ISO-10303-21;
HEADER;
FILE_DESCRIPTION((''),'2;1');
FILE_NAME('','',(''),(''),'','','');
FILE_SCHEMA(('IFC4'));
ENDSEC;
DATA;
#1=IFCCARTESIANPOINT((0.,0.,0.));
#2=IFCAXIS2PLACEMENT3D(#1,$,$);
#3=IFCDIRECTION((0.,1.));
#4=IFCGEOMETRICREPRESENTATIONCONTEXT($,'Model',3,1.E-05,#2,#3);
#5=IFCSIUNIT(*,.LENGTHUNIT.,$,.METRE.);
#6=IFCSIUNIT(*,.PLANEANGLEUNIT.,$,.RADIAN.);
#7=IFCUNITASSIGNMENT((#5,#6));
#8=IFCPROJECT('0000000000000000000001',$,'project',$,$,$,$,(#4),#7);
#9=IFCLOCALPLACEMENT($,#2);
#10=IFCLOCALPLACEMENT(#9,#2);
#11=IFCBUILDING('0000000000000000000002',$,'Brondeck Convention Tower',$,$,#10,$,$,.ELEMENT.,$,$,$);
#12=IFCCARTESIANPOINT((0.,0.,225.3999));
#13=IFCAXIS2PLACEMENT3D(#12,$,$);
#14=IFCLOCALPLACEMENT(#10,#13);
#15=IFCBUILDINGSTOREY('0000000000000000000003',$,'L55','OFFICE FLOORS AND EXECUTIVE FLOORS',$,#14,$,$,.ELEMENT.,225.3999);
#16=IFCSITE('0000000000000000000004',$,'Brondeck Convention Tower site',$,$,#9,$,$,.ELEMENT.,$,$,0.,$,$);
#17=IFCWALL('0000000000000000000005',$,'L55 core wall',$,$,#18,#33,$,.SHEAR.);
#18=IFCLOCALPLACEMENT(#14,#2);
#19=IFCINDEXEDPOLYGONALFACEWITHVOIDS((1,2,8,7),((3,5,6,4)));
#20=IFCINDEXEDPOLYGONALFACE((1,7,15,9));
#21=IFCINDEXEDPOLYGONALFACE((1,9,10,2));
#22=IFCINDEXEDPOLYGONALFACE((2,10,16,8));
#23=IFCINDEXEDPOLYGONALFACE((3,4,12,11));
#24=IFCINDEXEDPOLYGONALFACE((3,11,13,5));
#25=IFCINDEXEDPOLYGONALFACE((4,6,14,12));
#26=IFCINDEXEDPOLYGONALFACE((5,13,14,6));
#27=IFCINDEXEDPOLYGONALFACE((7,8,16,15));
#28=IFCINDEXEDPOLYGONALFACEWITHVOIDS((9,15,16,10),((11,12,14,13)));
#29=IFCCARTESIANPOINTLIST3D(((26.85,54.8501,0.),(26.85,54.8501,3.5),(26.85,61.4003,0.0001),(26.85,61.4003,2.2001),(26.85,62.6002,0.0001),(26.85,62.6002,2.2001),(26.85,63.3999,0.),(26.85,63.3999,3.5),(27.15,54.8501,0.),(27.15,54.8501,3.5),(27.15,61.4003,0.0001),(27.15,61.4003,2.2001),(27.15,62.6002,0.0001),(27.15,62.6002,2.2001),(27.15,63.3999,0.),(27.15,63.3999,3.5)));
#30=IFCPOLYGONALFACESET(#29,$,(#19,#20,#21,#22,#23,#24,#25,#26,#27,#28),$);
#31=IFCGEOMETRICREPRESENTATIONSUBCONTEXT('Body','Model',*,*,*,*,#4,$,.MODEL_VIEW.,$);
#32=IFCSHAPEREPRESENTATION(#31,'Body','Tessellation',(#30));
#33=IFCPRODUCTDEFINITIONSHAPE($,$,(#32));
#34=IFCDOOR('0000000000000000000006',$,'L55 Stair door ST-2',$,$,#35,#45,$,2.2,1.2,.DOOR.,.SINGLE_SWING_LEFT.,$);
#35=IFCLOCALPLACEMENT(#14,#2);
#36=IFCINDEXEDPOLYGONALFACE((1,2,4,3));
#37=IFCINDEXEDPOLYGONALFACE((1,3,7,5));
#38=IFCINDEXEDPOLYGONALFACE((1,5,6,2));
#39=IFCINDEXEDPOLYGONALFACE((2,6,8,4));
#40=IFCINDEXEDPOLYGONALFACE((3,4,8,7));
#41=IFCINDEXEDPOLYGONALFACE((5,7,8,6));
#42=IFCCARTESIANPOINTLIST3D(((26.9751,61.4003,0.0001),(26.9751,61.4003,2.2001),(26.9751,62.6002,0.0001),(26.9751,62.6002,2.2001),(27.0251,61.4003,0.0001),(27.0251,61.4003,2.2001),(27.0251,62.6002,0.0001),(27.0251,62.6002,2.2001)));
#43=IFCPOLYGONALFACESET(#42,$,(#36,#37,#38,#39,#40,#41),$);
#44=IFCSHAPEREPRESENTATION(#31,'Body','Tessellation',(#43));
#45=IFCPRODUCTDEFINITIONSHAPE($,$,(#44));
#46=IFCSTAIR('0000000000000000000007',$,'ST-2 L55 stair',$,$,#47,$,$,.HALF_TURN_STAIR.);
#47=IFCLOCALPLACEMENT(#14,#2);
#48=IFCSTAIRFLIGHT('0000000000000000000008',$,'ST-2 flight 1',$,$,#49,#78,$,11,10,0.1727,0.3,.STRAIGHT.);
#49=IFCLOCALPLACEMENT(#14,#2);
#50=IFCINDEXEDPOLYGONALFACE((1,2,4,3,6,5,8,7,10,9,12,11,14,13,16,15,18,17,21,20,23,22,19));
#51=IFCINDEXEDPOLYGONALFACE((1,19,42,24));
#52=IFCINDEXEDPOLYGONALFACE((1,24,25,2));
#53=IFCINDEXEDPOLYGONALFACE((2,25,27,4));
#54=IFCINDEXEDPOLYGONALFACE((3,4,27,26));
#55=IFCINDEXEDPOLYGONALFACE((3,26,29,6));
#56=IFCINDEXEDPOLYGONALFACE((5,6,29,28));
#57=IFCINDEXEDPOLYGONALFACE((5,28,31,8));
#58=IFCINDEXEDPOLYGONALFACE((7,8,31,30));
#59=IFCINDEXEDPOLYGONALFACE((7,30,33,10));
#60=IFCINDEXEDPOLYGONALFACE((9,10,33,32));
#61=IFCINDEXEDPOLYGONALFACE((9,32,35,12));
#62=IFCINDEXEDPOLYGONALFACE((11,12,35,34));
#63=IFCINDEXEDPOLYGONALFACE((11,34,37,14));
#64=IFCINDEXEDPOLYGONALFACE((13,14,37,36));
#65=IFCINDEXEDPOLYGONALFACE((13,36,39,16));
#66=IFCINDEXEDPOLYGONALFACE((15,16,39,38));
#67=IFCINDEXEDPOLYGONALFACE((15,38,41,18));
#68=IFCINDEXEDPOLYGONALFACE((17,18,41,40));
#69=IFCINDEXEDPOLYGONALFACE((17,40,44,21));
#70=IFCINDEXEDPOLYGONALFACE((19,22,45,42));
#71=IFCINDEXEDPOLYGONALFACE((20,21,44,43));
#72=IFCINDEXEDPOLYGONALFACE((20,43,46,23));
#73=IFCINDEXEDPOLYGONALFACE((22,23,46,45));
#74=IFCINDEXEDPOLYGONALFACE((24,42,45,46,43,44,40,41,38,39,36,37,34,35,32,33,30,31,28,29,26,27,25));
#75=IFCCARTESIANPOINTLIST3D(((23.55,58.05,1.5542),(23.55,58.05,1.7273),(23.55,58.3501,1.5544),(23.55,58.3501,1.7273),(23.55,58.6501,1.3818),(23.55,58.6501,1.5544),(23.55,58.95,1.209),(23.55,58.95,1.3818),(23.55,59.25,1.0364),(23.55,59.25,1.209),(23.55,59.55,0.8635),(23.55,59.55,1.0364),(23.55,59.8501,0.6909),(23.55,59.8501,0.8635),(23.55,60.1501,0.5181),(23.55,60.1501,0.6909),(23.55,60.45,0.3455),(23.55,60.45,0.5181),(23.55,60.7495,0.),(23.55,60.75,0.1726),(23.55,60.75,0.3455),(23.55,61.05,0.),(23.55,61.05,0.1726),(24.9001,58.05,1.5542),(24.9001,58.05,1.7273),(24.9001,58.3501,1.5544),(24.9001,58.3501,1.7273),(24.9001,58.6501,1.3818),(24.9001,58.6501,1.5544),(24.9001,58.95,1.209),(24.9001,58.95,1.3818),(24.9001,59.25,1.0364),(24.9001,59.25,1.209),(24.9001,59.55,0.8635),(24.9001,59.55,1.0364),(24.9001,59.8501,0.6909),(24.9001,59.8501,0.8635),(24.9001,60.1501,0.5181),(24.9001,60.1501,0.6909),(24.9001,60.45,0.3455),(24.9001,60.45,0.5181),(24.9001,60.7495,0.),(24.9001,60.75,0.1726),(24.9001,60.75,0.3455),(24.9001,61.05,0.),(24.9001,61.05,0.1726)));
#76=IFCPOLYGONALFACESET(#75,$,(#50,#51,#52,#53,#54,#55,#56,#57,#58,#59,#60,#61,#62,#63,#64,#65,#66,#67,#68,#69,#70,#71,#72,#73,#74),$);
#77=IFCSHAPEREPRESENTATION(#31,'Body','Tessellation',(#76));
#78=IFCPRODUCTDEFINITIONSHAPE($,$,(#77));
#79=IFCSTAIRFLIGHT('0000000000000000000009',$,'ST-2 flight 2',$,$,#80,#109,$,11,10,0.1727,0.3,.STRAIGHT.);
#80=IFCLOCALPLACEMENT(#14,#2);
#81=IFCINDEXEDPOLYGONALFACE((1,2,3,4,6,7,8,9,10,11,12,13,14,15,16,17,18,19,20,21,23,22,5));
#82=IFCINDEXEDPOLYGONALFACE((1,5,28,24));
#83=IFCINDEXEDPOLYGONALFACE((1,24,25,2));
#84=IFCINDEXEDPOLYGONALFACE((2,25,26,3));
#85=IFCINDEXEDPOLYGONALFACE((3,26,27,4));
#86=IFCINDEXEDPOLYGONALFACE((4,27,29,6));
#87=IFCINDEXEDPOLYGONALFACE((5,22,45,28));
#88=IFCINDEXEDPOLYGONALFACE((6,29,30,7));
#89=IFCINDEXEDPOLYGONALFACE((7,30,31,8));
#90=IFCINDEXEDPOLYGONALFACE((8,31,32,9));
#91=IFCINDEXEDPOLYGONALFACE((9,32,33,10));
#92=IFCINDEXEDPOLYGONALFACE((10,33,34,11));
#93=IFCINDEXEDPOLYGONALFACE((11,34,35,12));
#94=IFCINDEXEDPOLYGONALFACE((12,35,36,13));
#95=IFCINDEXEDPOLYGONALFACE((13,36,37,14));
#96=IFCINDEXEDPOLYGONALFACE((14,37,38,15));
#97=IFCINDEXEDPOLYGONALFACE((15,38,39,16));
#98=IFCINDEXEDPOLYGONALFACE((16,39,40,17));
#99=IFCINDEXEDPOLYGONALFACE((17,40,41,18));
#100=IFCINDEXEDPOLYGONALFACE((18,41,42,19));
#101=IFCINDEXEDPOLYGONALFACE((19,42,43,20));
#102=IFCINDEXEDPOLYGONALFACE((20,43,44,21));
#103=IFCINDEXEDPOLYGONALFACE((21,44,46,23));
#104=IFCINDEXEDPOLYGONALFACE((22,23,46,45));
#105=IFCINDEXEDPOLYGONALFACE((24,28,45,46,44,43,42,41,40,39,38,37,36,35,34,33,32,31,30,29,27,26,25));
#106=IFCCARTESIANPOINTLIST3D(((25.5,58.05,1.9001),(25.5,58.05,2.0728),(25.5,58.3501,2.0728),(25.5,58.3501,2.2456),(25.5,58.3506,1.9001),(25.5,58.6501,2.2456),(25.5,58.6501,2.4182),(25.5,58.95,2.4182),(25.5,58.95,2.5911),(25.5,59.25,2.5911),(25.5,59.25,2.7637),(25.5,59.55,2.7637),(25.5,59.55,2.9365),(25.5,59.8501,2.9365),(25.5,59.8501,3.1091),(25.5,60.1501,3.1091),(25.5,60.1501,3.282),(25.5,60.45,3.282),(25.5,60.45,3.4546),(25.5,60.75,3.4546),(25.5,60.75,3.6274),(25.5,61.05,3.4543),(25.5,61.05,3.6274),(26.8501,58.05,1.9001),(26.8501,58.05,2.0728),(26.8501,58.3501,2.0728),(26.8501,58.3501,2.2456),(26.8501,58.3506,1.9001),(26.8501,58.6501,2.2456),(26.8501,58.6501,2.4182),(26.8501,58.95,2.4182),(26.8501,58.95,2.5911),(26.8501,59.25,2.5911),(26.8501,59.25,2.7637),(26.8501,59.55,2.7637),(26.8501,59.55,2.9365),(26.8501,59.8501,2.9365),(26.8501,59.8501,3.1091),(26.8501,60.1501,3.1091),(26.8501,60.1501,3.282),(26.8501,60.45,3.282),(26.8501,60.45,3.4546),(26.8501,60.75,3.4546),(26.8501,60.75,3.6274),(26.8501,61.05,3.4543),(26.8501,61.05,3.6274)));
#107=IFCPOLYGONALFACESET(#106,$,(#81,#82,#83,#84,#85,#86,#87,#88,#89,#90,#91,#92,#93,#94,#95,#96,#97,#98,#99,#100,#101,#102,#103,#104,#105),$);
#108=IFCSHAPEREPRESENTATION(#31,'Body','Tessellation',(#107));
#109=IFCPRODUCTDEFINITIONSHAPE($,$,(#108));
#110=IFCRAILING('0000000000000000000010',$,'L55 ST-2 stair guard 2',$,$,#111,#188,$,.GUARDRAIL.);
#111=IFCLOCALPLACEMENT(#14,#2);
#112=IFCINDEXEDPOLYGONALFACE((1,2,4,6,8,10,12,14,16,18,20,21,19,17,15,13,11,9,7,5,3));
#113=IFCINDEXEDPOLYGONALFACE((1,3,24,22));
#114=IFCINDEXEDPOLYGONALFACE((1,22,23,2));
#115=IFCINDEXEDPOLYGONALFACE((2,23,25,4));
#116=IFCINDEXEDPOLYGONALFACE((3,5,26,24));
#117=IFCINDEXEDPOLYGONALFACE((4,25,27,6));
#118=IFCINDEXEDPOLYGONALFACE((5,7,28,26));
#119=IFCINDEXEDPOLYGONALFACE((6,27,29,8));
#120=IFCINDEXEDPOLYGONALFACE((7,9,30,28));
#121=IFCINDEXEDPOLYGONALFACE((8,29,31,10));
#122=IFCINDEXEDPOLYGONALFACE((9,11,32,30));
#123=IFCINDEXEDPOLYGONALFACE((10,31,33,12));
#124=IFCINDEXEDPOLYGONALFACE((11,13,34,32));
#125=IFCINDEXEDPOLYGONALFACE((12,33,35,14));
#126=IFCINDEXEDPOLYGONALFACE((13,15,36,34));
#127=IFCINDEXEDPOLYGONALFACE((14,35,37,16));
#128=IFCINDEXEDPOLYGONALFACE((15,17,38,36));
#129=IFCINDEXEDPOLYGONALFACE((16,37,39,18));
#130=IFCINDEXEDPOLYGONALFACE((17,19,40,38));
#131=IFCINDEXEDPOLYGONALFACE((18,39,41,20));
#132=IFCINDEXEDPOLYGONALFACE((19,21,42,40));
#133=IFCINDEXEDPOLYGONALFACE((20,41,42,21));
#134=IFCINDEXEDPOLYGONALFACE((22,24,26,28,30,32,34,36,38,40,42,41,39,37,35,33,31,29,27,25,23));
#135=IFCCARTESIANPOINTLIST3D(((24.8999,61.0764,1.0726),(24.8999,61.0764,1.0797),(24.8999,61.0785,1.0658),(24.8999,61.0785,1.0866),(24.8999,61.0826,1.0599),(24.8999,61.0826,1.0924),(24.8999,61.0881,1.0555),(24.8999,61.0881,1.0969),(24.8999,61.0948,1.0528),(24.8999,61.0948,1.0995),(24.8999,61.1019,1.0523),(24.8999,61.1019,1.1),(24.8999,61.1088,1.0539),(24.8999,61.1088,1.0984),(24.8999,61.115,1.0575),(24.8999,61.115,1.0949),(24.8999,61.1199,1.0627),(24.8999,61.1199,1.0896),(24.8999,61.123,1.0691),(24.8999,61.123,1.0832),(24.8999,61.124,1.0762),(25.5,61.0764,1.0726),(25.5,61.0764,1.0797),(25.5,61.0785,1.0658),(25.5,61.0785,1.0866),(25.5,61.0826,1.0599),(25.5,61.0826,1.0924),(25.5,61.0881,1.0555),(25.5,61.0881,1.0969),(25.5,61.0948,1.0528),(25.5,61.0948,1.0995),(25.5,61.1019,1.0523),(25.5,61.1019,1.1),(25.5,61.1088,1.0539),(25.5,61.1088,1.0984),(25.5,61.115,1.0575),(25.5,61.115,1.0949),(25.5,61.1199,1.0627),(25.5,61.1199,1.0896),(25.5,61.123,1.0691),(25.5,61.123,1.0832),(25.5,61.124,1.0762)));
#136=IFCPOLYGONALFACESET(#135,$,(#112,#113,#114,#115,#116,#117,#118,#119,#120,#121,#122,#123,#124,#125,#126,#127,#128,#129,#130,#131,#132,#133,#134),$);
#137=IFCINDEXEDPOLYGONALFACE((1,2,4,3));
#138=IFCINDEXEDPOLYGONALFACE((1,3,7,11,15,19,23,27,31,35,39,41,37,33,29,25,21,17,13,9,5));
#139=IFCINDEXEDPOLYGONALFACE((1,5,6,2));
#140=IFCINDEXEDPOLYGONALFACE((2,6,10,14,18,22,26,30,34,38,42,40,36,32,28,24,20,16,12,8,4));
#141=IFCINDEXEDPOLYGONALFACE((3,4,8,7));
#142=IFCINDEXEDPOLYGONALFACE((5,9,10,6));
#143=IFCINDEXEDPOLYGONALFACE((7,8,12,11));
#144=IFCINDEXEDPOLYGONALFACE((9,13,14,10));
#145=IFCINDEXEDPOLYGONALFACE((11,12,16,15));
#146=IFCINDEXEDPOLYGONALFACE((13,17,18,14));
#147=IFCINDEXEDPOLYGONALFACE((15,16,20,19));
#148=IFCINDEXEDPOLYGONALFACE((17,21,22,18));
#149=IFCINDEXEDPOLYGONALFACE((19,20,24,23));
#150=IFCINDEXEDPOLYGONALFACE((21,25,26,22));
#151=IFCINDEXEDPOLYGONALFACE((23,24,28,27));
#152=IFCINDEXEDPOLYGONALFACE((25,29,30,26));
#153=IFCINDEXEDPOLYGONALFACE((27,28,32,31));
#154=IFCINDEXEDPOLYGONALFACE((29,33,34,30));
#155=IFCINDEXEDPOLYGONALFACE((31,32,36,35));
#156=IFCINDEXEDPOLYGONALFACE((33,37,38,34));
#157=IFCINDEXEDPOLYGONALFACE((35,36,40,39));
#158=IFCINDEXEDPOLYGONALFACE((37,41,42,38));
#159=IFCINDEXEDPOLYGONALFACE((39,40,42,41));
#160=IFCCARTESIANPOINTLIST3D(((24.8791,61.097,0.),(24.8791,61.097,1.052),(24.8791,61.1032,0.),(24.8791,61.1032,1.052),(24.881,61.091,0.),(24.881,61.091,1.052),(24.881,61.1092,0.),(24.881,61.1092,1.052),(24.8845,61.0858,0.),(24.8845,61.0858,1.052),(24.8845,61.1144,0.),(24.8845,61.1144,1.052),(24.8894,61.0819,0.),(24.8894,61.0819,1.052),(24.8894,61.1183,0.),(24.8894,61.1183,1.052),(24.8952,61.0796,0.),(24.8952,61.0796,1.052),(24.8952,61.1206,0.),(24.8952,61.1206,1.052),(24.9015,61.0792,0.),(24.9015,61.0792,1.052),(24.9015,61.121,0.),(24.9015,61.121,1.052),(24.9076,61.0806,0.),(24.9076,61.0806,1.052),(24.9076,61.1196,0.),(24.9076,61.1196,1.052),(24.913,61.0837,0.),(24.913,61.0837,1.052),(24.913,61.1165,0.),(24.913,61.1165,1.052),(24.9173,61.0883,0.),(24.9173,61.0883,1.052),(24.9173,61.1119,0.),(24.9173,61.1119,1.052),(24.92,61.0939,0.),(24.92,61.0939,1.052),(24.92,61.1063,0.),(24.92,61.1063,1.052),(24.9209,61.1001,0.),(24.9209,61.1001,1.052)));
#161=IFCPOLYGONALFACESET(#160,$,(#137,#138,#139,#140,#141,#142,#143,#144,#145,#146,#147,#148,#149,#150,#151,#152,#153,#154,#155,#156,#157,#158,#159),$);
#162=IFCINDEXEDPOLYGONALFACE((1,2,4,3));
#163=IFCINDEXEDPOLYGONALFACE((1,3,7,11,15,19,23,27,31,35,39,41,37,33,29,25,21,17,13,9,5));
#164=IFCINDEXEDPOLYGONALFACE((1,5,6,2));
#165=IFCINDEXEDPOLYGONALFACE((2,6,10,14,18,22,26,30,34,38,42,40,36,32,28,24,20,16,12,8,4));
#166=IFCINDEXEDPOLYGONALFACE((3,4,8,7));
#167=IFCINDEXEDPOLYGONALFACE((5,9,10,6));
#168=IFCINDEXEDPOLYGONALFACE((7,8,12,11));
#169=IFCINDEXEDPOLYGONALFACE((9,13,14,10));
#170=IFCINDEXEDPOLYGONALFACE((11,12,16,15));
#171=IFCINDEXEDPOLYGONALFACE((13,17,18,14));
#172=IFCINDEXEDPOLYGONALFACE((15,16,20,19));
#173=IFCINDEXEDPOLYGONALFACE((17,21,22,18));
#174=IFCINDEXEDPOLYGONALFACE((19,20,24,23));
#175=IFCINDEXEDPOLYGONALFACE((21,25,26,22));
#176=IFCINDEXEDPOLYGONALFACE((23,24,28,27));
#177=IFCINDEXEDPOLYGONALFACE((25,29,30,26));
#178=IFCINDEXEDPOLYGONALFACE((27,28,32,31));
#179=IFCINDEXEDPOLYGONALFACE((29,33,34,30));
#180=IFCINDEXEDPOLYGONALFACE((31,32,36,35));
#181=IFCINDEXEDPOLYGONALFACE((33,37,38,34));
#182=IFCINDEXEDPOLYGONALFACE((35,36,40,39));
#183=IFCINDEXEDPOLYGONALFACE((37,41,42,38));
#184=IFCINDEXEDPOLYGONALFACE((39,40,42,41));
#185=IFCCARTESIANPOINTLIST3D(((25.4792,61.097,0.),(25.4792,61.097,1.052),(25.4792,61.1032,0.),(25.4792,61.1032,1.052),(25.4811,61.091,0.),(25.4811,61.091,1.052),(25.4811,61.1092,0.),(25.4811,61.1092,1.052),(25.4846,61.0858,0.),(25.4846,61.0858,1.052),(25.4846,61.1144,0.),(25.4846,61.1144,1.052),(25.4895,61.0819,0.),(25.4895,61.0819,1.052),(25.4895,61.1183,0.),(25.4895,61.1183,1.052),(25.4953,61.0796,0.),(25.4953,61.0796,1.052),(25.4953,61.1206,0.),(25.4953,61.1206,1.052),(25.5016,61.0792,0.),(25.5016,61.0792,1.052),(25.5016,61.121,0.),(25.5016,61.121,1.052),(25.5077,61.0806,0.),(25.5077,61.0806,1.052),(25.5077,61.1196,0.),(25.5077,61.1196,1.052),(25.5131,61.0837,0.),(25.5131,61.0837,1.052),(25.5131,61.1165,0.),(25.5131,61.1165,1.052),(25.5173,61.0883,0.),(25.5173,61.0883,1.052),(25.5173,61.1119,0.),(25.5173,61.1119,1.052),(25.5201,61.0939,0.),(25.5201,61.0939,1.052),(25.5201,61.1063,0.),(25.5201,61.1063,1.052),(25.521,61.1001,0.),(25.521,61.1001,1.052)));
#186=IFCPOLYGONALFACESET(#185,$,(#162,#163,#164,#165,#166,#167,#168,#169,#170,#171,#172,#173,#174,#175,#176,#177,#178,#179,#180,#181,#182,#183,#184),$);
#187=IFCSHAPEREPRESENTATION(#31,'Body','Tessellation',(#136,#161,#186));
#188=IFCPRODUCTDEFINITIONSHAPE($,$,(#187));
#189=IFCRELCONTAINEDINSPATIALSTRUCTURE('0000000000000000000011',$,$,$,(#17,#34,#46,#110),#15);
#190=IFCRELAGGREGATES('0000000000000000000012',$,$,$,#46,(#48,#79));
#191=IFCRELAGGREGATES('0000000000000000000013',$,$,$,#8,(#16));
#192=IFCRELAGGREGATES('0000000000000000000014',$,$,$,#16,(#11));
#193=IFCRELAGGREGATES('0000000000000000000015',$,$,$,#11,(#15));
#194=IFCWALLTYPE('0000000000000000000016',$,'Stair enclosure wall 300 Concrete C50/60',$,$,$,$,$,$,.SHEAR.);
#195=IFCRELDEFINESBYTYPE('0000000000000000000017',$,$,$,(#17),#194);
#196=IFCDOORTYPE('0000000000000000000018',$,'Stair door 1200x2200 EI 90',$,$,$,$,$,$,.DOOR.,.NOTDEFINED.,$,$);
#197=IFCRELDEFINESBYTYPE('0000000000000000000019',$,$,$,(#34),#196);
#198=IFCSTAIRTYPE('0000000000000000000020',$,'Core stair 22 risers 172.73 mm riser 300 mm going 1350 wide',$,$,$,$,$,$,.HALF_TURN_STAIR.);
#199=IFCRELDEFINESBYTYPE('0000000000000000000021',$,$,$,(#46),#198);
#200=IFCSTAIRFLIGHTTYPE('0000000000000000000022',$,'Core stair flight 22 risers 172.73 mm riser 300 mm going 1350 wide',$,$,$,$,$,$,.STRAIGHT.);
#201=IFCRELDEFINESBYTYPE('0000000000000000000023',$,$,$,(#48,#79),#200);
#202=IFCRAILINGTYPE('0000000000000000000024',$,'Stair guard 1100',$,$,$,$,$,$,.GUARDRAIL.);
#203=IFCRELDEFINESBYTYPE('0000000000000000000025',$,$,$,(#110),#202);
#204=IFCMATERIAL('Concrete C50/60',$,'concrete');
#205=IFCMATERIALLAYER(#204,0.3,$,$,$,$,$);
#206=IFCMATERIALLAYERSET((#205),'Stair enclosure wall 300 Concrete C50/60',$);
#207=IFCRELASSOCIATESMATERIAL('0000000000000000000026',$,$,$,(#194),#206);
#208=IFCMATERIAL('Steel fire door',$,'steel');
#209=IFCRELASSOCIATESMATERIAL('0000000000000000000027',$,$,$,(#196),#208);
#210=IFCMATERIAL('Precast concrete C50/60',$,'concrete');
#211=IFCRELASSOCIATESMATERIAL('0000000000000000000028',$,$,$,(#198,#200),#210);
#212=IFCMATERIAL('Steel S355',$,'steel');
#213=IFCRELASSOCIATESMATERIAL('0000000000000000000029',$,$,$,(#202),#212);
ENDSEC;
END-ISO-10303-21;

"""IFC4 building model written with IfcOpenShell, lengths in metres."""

from ifc_helpers import new_model, si_unit, direction, frame, frame_2d, origin, origin_2d, place, context, subcontext, project, spatial, polyline, rectangle, circle, outline, extrude, material, layer, layer_set, type_object, element, fill, aggregate, save


model = new_model("IFC4")

# Units and contexts
model_context = context("Model", 3, precision=1e-05, world=origin(), true_north=direction((0.0, 1.0)))
body_context = subcontext(model_context, "Body", "Model", "MODEL_VIEW")
ifc_project = project(units=[si_unit("LENGTHUNIT", "METRE"), si_unit("PLANEANGLEUNIT", "RADIAN")], contexts=[model_context])

# Site, building, storey
site_placement = place(None, origin())
site = spatial("IfcSite", under=ifc_project, at=site_placement, Name="Brondeck Convention Tower site", CompositionType="ELEMENT", RefElevation=0.0)
building_placement = place(site_placement, origin())
building = spatial("IfcBuilding", under=site, at=building_placement, Name="Brondeck Convention Tower", CompositionType="ELEMENT")
storey_placement = place(building_placement, frame((0.0, 0.0, 225.3999)))
storey = spatial("IfcBuildingStorey", under=building, at=storey_placement, Name="L55", Description="OFFICE FLOORS AND EXECUTIVE FLOORS", CompositionType="ELEMENT", Elevation=225.3999)

# Shared definitions
ifc_material_1 = material(Name="Concrete C50/60", Category="concrete")

# Shared definitions
ifc_material_2 = material(Name="Steel fire door", Category="steel")

# Shared definitions
ifc_layer_1 = layer(ifc_material_1, 0.3)
ifc_layer_set_1 = layer_set([ifc_layer_1], Name="Stair enclosure wall 300 Concrete C50/60")
wall_type_1 = type_object("IfcWallType", Name="Stair enclosure wall 300 Concrete C50/60", PredefinedType="SHEAR", material=ifc_layer_set_1)

# Wall, opening, door
wall_1_placement = place(storey_placement, frame((27.0, 54.8501, 0.0), z_axis=(0.0, 0.0, 1.0), x_axis=(0.0, 1.0, 0.0)))
wall_1 = element("IfcWall", 1, at=wall_1_placement, inside=storey, type_object=wall_type_1, Name="L55 core wall", PredefinedType="SHEAR", context=body_context, shape_type="SweptSolid", body=[
    extrude(rectangle(XDim=8.5498, YDim=0.3, at=frame_2d((4.2749, 0.0))), origin(), (0.0, 0.0, 1.0), 3.5),
])
opening_1_placement = place(wall_1_placement, frame((6.55, 0.0, 0.0)))
opening_1 = element("IfcOpeningElement", 2, at=opening_1_placement, cuts=wall_1, PredefinedType="OPENING", context=body_context, shape_type="SweptSolid", body=[
    extrude(rectangle(XDim=1.2, YDim=2.2, at=frame_2d((0.6001, 1.1001))), frame((0.0, 0.1599, 0.0), z_axis=(0.0, -1.0, 0.0), x_axis=(1.0, 0.0, 0.0)), (0.0, 0.0, 1.0), 0.3201),
])
door_type_1 = type_object("IfcDoorType", Name="Stair door 1200x2200 EI 90", OperationType="NOTDEFINED", PredefinedType="DOOR", material=ifc_material_2)
door_1_placement = place(opening_1_placement, origin())
door_1 = element("IfcDoor", 3, at=door_1_placement, inside=storey, type_object=door_type_1, Name="L55 Stair door ST-2", OperationType="SINGLE_SWING_LEFT", OverallHeight=2.2, OverallWidth=1.2, PredefinedType="DOOR", context=body_context, shape_type="SweptSolid", body=[
    extrude(rectangle(XDim=1.2, YDim=2.2, at=frame_2d((0.6001, 1.1001))), frame((0.0, 0.0249, 0.0), z_axis=(0.0, -1.0, 0.0), x_axis=(1.0, 0.0, 0.0)), (0.0, 0.0, 1.0), 0.05),
])
fill(opening_1, door_1)

# Stair, stair flights
ifc_material_3 = material(Name="Precast concrete C50/60", Category="concrete")
stair_type = type_object("IfcStairType", Name="Core stair 22 risers 172.73 mm riser 300 mm going 1350 wide", PredefinedType="HALF_TURN_STAIR", material=ifc_material_3)
stair_placement = place(storey_placement, origin())
stair = element("IfcStair", 4, at=stair_placement, inside=storey, type_object=stair_type, Name="ST-2 L55 stair", PredefinedType="HALF_TURN_STAIR")
stair_flight_type = type_object("IfcStairFlightType", Name="Core stair flight 22 risers 172.73 mm riser 300 mm going 1350 wide", PredefinedType="STRAIGHT", material=ifc_material_3)
stair_flight_1_placement = place(storey_placement, frame((24.2251, 61.05, 0.0), z_axis=(0.0, 0.0, 1.0), x_axis=(0.0, -1.0, 0.0)))
stair_flight_1 = element("IfcStairFlight", 5, at=stair_flight_1_placement, type_object=stair_flight_type, Name="ST-2 flight 1", NumberOfRisers=11, NumberOfTreads=10, PredefinedType="STRAIGHT", RiserHeight=0.1727, TreadLength=0.3, context=body_context, shape_type="SweptSolid", body=[
    extrude(outline(polyline([(0.0, 0.0), (0.0, 0.1726), (0.3, 0.1726), (0.3, 0.3455), (0.6001, 0.3455), (0.6001, 0.5181), (0.8999, 0.5181), (0.8999, 0.6909), (1.2, 0.6909), (1.2, 0.8635), (1.5, 0.8635), (1.5, 1.0364), (1.8, 1.0364), (1.8, 1.209), (2.1001, 1.209), (2.1001, 1.3818), (2.3999, 1.3818), (2.3999, 1.5544), (2.7, 1.5544), (2.7, 1.7273), (3.0, 1.7273), (3.0, 1.8999), (3.0, 1.5542), (0.3005, 0.0), (0.0, 0.0)])), frame((0.0, 0.675, 0.0), z_axis=(0.0, -1.0, 0.0), x_axis=(1.0, 0.0, 0.0)), (0.0, 0.0, 1.0), 1.3501),
])
stair_flight_2_placement = place(storey_placement, frame((26.175, 58.05, 1.9001), z_axis=(0.0, 0.0, 1.0), x_axis=(0.0, 1.0, 0.0)))
stair_flight_2 = element("IfcStairFlight", 6, at=stair_flight_2_placement, type_object=stair_flight_type, Name="ST-2 flight 2", NumberOfRisers=11, NumberOfTreads=10, PredefinedType="STRAIGHT", RiserHeight=0.1727, TreadLength=0.3, context=body_context, shape_type="SweptSolid", body=[
    extrude(outline(polyline([(0.0, 0.0), (0.0, 0.1726), (0.3, 0.1726), (0.3, 0.3455), (0.6001, 0.3455), (0.6001, 0.5181), (0.8999, 0.5181), (0.8999, 0.6909), (1.2, 0.6909), (1.2, 0.8635), (1.5, 0.8635), (1.5, 1.0364), (1.8, 1.0364), (1.8, 1.209), (2.1001, 1.209), (2.1001, 1.3818), (2.3999, 1.3818), (2.3999, 1.5544), (2.7, 1.5544), (2.7, 1.7273), (3.0, 1.7273), (3.0, 1.8999), (3.0, 1.5542), (0.3005, 0.0), (0.0, 0.0)])), frame((0.0, 0.675, 0.0), z_axis=(0.0, -1.0, 0.0), x_axis=(1.0, 0.0, 0.0)), (0.0, 0.0, 1.0), 1.3501),
])
aggregate(stair, [stair_flight_1, stair_flight_2])

# Railing
ifc_material_4 = material(Name="Steel S355", Category="steel")
railing_type_1 = type_object("IfcRailingType", Name="Stair guard 1100", PredefinedType="GUARDRAIL", material=ifc_material_4)
railing_1_placement = place(storey_placement, frame((24.8999, 61.1001, 0.0)))
element("IfcRailing", 7, at=railing_1_placement, inside=storey, type_object=railing_type_1, Name="L55 ST-2 stair guard 2", PredefinedType="GUARDRAIL", context=body_context, shape_type="SweptSolid", body=[
    extrude(circle(Radius=0.0239, at=origin_2d()), frame((0.0, 0.0, 1.0762), z_axis=(1.0, 0.0, 0.0), x_axis=(0.0, 1.0, 0.0)), (0.0, 0.0, 1.0), 0.6001),
    extrude(circle(Radius=0.021, at=origin_2d()), origin(), (0.0, 0.0, 1.0), 1.052),
    extrude(circle(Radius=0.021, at=origin_2d()), frame((0.6001, 0.0, 0.0)), (0.0, 0.0, 1.0), 1.052),
])

save(model, "model.ifc")
